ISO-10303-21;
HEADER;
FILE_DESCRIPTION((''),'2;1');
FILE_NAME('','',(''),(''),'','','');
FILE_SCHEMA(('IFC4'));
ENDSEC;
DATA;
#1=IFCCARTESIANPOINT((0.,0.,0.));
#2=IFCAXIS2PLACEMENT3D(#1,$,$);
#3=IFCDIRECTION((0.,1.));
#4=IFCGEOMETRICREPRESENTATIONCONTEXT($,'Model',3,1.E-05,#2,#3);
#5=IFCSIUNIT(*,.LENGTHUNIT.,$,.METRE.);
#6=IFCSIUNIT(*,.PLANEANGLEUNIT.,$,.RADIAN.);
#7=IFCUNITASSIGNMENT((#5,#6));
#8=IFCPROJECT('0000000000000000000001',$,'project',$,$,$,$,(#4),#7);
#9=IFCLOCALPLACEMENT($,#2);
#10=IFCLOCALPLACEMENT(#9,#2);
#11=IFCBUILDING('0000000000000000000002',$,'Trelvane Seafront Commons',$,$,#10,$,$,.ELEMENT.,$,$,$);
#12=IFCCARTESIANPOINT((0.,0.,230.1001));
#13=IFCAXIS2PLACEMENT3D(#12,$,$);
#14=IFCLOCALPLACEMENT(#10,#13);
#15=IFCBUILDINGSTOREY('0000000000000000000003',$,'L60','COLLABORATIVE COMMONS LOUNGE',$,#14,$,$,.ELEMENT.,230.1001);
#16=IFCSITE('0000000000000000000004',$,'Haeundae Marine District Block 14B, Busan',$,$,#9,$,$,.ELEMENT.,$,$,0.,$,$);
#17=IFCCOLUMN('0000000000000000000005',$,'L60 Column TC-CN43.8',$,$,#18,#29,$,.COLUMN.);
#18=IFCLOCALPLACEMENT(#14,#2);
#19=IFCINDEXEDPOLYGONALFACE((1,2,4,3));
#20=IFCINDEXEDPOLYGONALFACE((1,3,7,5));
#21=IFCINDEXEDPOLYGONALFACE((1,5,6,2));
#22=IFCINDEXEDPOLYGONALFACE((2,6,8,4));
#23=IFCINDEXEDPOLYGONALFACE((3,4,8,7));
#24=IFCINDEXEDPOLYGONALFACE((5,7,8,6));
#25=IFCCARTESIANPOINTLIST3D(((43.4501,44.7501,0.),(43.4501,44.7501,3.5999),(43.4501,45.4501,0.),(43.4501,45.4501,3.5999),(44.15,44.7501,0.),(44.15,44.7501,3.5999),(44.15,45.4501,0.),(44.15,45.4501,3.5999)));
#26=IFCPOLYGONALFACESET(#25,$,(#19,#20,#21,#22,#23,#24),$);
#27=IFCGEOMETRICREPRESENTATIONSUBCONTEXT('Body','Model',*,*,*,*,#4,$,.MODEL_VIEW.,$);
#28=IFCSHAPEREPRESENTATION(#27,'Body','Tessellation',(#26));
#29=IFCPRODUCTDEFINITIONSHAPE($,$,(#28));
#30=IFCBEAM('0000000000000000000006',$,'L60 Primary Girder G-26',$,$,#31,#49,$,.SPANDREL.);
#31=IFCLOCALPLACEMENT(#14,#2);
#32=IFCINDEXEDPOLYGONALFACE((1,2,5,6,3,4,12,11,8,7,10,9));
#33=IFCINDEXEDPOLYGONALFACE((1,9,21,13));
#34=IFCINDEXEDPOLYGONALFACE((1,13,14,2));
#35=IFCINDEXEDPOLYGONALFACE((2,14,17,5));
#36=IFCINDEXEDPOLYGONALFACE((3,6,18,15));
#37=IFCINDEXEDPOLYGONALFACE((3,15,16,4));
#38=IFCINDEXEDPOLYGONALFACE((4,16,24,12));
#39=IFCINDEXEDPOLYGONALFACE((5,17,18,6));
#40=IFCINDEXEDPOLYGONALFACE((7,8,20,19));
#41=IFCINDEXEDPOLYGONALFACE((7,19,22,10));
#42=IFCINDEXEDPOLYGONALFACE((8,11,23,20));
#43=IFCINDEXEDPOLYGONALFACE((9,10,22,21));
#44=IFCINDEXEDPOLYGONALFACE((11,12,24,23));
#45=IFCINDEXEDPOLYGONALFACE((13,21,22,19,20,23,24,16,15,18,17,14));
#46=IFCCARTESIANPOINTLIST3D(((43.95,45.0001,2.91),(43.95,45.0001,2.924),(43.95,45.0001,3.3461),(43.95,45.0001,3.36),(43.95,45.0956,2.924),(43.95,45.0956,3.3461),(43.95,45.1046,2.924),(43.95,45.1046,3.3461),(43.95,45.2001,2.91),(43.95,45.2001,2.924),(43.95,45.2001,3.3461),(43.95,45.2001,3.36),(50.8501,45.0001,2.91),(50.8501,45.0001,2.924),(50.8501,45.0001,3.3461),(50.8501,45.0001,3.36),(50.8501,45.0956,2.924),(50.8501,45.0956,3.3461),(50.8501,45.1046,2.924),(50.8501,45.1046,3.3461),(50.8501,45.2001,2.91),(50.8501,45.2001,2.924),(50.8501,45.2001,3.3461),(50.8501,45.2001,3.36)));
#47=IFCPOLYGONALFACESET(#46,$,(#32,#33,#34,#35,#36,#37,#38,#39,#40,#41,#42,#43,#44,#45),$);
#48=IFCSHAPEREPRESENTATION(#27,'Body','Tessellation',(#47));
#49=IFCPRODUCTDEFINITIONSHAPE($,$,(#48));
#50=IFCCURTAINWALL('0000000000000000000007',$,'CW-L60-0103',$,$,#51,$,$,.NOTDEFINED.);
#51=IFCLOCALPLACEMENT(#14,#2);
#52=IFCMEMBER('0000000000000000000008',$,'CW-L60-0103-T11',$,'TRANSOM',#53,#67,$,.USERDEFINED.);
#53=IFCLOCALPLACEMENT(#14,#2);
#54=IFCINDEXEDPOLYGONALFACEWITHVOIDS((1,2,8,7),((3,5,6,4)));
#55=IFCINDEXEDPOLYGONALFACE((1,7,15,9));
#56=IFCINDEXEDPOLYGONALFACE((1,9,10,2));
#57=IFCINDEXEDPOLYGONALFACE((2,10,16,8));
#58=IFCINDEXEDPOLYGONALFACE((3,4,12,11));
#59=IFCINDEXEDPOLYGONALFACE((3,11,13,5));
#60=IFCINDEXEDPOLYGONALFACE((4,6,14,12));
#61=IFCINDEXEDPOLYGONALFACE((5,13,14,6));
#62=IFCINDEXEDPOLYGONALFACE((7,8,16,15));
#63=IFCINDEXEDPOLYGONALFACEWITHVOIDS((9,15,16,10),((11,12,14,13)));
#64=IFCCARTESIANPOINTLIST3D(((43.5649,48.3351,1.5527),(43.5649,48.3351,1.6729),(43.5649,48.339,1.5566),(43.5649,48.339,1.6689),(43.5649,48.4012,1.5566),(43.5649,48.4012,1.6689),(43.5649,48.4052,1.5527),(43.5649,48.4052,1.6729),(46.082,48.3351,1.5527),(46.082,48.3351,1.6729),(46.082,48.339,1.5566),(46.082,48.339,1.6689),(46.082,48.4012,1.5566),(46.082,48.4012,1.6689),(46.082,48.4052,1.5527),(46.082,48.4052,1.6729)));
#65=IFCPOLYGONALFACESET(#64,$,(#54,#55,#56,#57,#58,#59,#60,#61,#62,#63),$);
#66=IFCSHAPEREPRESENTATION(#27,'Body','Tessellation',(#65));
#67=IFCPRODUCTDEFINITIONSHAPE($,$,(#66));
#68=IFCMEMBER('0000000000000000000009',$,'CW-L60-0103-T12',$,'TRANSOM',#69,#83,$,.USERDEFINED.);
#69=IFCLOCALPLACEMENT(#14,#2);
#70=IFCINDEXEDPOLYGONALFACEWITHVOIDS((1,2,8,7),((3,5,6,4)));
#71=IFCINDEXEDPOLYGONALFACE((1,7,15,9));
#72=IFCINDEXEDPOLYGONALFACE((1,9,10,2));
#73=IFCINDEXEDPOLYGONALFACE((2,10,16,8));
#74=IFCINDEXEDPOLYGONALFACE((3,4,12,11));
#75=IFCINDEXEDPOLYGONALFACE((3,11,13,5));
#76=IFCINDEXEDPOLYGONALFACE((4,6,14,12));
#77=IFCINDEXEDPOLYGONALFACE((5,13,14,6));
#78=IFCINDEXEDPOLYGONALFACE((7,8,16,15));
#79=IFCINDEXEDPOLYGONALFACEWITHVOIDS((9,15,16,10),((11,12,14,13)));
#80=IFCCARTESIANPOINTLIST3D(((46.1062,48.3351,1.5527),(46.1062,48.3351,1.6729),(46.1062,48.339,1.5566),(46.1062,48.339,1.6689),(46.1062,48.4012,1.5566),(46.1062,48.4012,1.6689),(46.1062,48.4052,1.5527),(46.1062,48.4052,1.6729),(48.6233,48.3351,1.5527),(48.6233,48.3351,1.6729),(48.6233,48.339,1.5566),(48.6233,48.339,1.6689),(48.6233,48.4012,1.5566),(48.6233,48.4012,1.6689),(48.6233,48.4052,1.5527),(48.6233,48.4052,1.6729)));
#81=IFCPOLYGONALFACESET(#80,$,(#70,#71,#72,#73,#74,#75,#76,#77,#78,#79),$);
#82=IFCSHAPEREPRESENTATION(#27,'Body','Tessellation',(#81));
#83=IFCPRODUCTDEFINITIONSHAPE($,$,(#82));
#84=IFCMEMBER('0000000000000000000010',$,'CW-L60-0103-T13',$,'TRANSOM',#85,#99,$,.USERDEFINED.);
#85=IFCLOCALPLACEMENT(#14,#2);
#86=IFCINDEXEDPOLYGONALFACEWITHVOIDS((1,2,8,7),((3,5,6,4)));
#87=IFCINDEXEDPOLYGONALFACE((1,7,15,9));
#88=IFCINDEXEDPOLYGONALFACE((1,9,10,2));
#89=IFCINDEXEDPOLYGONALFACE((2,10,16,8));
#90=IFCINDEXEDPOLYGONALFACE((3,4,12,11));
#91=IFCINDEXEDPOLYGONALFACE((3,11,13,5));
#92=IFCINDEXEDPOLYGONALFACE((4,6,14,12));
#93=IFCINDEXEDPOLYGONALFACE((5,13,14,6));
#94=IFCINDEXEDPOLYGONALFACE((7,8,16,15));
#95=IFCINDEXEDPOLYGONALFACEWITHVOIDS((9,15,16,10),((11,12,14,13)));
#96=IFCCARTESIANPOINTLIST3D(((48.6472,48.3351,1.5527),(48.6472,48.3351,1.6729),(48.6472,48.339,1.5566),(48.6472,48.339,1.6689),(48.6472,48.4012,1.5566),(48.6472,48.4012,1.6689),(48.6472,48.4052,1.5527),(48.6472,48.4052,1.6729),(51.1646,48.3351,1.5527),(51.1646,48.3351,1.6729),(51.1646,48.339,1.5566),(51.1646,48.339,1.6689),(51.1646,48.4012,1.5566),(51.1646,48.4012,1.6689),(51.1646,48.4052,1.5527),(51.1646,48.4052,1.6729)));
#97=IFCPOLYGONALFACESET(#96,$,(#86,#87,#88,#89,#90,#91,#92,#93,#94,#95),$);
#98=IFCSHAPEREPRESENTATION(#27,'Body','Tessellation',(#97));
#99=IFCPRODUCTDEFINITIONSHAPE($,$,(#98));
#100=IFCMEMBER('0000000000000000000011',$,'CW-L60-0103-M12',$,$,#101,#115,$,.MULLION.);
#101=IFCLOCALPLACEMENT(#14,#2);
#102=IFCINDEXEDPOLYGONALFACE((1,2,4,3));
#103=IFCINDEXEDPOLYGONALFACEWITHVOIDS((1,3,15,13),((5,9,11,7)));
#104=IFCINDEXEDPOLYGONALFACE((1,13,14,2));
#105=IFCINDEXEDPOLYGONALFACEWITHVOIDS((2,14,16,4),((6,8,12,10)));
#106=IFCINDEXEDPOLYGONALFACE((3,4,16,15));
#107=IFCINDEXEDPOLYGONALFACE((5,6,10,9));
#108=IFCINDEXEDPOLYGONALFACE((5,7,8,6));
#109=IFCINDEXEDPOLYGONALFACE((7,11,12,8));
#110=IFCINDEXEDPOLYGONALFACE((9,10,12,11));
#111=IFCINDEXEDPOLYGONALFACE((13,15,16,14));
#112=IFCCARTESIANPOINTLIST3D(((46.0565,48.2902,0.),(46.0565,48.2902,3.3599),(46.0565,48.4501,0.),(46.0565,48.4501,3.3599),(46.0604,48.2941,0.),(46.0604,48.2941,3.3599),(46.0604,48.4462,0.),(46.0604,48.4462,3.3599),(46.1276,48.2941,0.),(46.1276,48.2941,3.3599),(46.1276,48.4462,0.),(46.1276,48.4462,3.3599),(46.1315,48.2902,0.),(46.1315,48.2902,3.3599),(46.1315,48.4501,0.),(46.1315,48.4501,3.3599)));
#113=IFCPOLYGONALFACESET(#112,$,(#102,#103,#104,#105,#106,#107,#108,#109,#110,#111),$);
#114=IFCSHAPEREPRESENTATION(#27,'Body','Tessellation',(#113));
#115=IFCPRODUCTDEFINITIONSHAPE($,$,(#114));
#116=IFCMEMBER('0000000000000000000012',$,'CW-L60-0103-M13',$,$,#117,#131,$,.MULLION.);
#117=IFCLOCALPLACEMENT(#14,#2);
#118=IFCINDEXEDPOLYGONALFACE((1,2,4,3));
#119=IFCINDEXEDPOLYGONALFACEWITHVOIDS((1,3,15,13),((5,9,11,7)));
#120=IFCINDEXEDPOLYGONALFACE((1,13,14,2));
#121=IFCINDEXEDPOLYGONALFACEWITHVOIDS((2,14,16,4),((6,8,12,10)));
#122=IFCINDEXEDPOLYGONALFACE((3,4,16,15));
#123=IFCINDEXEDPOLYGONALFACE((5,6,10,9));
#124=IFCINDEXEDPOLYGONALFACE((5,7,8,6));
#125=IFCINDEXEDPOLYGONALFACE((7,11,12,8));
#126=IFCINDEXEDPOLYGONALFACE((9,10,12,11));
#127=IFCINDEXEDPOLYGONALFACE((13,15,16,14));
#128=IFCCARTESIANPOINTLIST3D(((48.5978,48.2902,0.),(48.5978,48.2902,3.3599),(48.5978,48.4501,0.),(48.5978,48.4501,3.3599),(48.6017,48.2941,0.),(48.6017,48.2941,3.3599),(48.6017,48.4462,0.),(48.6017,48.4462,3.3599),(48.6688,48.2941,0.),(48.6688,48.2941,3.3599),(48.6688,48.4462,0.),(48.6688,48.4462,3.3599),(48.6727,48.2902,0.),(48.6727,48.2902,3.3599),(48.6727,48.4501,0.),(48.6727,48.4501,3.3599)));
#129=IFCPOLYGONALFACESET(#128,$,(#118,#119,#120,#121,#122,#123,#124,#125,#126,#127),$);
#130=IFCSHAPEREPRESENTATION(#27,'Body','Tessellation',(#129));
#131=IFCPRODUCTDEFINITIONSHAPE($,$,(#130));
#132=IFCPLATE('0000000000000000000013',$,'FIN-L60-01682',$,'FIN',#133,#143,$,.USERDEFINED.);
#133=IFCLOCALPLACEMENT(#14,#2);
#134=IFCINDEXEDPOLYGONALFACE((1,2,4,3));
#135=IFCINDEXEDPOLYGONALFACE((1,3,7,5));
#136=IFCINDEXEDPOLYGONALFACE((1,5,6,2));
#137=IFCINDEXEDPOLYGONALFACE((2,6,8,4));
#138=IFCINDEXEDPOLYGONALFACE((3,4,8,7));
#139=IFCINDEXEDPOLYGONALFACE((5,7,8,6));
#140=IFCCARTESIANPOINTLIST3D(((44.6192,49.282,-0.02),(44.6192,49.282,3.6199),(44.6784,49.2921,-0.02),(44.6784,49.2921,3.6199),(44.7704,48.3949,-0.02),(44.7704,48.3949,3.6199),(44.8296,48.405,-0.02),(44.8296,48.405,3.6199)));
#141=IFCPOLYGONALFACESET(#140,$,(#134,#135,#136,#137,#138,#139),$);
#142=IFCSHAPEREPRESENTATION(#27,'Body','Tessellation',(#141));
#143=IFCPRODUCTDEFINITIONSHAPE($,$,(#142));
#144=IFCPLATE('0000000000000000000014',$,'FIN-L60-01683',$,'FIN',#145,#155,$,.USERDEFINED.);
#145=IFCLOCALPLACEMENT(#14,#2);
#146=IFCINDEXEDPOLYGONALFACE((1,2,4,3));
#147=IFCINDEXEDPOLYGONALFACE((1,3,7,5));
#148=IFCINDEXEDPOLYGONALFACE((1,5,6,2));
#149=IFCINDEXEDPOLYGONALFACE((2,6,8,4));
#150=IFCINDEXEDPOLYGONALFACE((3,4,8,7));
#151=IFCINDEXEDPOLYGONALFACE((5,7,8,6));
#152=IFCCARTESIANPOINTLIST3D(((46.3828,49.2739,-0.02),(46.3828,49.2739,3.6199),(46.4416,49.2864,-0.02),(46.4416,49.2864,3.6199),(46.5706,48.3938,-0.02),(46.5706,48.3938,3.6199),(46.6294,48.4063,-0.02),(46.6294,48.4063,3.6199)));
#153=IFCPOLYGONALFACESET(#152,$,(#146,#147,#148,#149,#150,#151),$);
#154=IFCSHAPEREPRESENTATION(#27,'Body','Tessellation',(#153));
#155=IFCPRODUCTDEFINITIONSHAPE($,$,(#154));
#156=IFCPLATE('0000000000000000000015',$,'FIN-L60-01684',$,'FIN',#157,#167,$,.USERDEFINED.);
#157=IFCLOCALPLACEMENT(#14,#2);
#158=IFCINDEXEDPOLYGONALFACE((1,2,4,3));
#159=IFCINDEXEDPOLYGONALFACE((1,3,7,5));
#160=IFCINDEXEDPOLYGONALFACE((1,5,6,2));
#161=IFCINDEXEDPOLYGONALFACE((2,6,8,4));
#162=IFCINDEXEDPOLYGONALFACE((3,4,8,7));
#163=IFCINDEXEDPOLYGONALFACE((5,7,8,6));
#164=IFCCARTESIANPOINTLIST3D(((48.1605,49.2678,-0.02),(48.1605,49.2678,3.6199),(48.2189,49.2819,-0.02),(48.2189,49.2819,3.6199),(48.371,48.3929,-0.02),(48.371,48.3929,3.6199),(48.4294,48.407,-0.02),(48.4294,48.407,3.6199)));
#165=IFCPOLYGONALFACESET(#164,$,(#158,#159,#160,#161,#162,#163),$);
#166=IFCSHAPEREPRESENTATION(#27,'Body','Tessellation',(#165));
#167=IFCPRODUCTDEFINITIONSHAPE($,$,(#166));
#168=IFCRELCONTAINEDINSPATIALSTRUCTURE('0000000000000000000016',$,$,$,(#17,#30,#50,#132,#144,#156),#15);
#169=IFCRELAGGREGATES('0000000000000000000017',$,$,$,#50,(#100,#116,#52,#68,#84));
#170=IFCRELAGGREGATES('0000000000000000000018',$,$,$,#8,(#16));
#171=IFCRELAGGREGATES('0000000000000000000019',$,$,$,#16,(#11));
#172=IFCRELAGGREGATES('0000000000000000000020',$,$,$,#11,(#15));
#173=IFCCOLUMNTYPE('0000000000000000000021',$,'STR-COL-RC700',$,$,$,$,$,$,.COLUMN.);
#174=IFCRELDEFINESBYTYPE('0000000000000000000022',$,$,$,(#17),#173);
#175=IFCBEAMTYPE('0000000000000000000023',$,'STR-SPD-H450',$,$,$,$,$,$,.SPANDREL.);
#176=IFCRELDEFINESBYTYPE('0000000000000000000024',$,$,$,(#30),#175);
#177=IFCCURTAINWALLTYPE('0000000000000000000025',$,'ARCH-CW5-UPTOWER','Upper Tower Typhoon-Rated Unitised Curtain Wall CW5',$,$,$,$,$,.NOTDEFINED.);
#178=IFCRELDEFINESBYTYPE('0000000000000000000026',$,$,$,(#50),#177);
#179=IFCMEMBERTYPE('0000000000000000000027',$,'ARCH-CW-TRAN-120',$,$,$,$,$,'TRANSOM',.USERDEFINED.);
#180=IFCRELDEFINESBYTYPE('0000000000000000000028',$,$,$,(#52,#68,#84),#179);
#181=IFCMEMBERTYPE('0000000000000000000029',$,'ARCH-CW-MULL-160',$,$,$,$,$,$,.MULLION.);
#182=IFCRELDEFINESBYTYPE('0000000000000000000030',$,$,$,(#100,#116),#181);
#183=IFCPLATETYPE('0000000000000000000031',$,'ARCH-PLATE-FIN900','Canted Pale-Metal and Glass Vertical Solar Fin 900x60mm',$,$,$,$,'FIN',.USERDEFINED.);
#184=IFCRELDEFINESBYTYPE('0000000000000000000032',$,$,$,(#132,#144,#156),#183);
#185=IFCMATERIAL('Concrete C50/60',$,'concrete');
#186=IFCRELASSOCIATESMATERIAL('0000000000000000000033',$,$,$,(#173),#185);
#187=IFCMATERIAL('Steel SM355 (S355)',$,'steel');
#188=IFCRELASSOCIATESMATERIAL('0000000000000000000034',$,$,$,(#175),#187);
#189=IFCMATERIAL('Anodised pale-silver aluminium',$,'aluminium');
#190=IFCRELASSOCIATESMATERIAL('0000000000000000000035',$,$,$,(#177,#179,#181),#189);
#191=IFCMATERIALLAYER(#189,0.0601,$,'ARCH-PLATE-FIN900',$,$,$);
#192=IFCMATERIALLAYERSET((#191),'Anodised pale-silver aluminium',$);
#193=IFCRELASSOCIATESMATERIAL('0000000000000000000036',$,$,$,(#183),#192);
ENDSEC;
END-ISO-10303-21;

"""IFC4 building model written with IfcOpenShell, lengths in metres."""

from ifc_helpers import new_model, si_unit, direction, frame, origin, origin_2d, place, context, subcontext, project, spatial, rectangle, hollow_rectangle, i_section, extrude, source, transform, mapped, material, layer, layer_set, material_profile, profile_set, type_object, element, aggregate, save


model = new_model("IFC4")

# Units and contexts
model_context = context("Model", 3, precision=1e-05, world=origin(), true_north=direction((0.0, 1.0)))
body_context = subcontext(model_context, "Body", "Model", "MODEL_VIEW")
ifc_project = project(units=[si_unit("LENGTHUNIT", "METRE"), si_unit("PLANEANGLEUNIT", "RADIAN")], contexts=[model_context])

# Site, building, storey
site_placement = place(None, origin())
site = spatial("IfcSite", under=ifc_project, at=site_placement, Name="Haeundae Marine District Block 14B, Busan", CompositionType="ELEMENT", RefElevation=0.0)
building_placement = place(site_placement, origin())
building = spatial("IfcBuilding", under=site, at=building_placement, Name="Trelvane Seafront Commons", CompositionType="ELEMENT")
storey_placement = place(building_placement, frame((0.0, 0.0, 230.1001)))
storey = spatial("IfcBuildingStorey", under=building, at=storey_placement, Name="L60", Description="COLLABORATIVE COMMONS LOUNGE", CompositionType="ELEMENT", Elevation=230.1001)

# Column
ifc_material_1 = material(Name="Concrete C50/60", Category="concrete")
ifc_material_profile_1 = material_profile(ifc_material_1, rectangle(XDim=0.7, YDim=0.7, at=origin_2d()), Name="RC-700x700")
ifc_profile_set_1 = profile_set([ifc_material_profile_1], Name="Concrete C50/60")
column_type = type_object("IfcColumnType", Name="STR-COL-RC700", PredefinedType="COLUMN", material=ifc_profile_set_1)
shared_shape_1 = source(origin(), body_context, "Body", "SweptSolid", [
    extrude(rectangle(XDim=0.7, YDim=0.7, at=origin_2d()), origin(), (0.0, 0.0, 1.0), 3.5999),
])
column_placement = place(storey_placement, frame((43.8, 45.1001, 0.0), z_axis=(0.0, 0.0, 1.0), x_axis=(1.0, 0.0, 0.0)))
element("IfcColumn", 1, at=column_placement, inside=storey, type_object=column_type, Name="L60 Column TC-CN43.8", PredefinedType="COLUMN", context=body_context, shape_type="MappedRepresentation", body=[
    mapped(shared_shape_1, transform((0.0, 0.0, 0.0), x_axis=(1.0, 0.0, 0.0), y_axis=(0.0, 1.0, 0.0), z_axis=(0.0, 0.0, 1.0), scale=1.0)),
])

# Beam
ifc_material_2 = material(Name="Steel SM355 (S355)", Category="steel")
ifc_material_profile_2 = material_profile(ifc_material_2, i_section(OverallWidth=0.2, OverallDepth=0.45, WebThickness=0.009, FlangeThickness=0.0139, at=origin_2d()), Name="H-450x200x9x14")
ifc_profile_set_2 = profile_set([ifc_material_profile_2], Name="Steel SM355 (S355)")
beam_type = type_object("IfcBeamType", Name="STR-SPD-H450", PredefinedType="SPANDREL", material=ifc_profile_set_2)
shared_shape_2 = source(origin(), body_context, "Body", "SweptSolid", [
    extrude(i_section(OverallWidth=0.2, OverallDepth=0.45, WebThickness=0.009, FlangeThickness=0.0139, at=origin_2d()), origin(), (0.0, 0.0, 1.0), 6.9001),
])
beam_placement = place(storey_placement, frame((43.95, 45.1001, 3.135), z_axis=(1.0, 0.0, 0.0), x_axis=(0.0, 1.0, 0.0)))
element("IfcBeam", 2, at=beam_placement, inside=storey, type_object=beam_type, Name="L60 Primary Girder G-26", PredefinedType="SPANDREL", context=body_context, shape_type="MappedRepresentation", body=[
    mapped(shared_shape_2, transform((0.0, 0.0, 0.0), x_axis=(1.0, 0.0, 0.0), y_axis=(0.0, 1.0, 0.0), z_axis=(0.0, 0.0, 1.0), scale=1.0)),
])

# Curtain wall, members
ifc_material_3 = material(Name="Anodised pale-silver aluminium", Category="aluminium")
curtain_wall_type = type_object("IfcCurtainWallType", Name="ARCH-CW5-UPTOWER", Description="Upper Tower Typhoon-Rated Unitised Curtain Wall CW5", PredefinedType="NOTDEFINED", material=ifc_material_3)
curtain_wall_placement = place(storey_placement, origin())
curtain_wall = element("IfcCurtainWall", 3, at=curtain_wall_placement, inside=storey, type_object=curtain_wall_type, Name="CW-L60-0103", PredefinedType="NOTDEFINED")
ifc_material_profile_3 = material_profile(ifc_material_3, hollow_rectangle(XDim=0.0701, YDim=0.1201, WallThickness=0.0039, at=origin_2d()), Name="TRAN-70x120x4")
ifc_profile_set_3 = profile_set([ifc_material_profile_3], Name="Anodised pale-silver aluminium")
member_type_1 = type_object("IfcMemberType", Name="ARCH-CW-TRAN-120", ElementType="TRANSOM", PredefinedType="USERDEFINED", material=ifc_profile_set_3)
shared_shape_3 = source(origin(), body_context, "Body", "SweptSolid", [
    extrude(hollow_rectangle(XDim=0.0701, YDim=0.1201, WallThickness=0.0039, at=origin_2d()), origin(), (0.0, 0.0, 1.0), 2.5171),
])
member_1_placement = place(storey_placement, frame((43.5649, 48.3701, 1.6128), z_axis=(1.0, 0.0, 0.0), x_axis=(0.0, 1.0, 0.0)))
member_1 = element("IfcMember", 4, at=member_1_placement, type_object=member_type_1, Name="CW-L60-0103-T11", ObjectType="TRANSOM", PredefinedType="USERDEFINED", context=body_context, shape_type="MappedRepresentation", body=[
    mapped(shared_shape_3, transform((0.0, 0.0, 0.0), x_axis=(1.0, 0.0, 0.0), y_axis=(0.0, 1.0, 0.0), z_axis=(0.0, 0.0, 1.0), scale=1.0)),
])
member_2_placement = place(storey_placement, frame((46.1062, 48.3701, 1.6128), z_axis=(1.0, 0.0, 0.0), x_axis=(0.0, 1.0, 0.0)))
member_2 = element("IfcMember", 5, at=member_2_placement, type_object=member_type_1, Name="CW-L60-0103-T12", ObjectType="TRANSOM", PredefinedType="USERDEFINED", context=body_context, shape_type="MappedRepresentation", body=[
    mapped(shared_shape_3, transform((0.0, 0.0, 0.0), x_axis=(1.0, 0.0, 0.0), y_axis=(0.0, 1.0, 0.0), z_axis=(0.0, 0.0, 1.0), scale=1.0)),
])
shared_shape_4 = source(origin(), body_context, "Body", "SweptSolid", [
    extrude(hollow_rectangle(XDim=0.0701, YDim=0.1201, WallThickness=0.0039, at=origin_2d()), origin(), (0.0, 0.0, 1.0), 2.5173),
])
member_3_placement = place(storey_placement, frame((48.6472, 48.3701, 1.6128), z_axis=(1.0, 0.0, 0.0), x_axis=(0.0, 1.0, 0.0)))
member_3 = element("IfcMember", 6, at=member_3_placement, type_object=member_type_1, Name="CW-L60-0103-T13", ObjectType="TRANSOM", PredefinedType="USERDEFINED", context=body_context, shape_type="MappedRepresentation", body=[
    mapped(shared_shape_4, transform((0.0, 0.0, 0.0), x_axis=(1.0, 0.0, 0.0), y_axis=(0.0, 1.0, 0.0), z_axis=(0.0, 0.0, 1.0), scale=1.0)),
])
ifc_material_profile_4 = material_profile(ifc_material_3, hollow_rectangle(XDim=0.075, YDim=0.1599, WallThickness=0.0039, at=origin_2d()), Name="MULL-75x160x4")
ifc_profile_set_4 = profile_set([ifc_material_profile_4], Name="Anodised pale-silver aluminium")
member_type_2 = type_object("IfcMemberType", Name="ARCH-CW-MULL-160", PredefinedType="MULLION", material=ifc_profile_set_4)
shared_shape_5 = source(origin(), body_context, "Body", "SweptSolid", [
    extrude(hollow_rectangle(XDim=0.075, YDim=0.1599, WallThickness=0.0039, at=origin_2d()), origin(), (0.0, 0.0, 1.0), 3.3599),
])
member_4_placement = place(storey_placement, frame((46.094, 48.3701, 0.0), z_axis=(0.0, 0.0, 1.0), x_axis=(1.0, 0.0, 0.0)))
member_4 = element("IfcMember", 7, at=member_4_placement, type_object=member_type_2, Name="CW-L60-0103-M12", PredefinedType="MULLION", context=body_context, shape_type="MappedRepresentation", body=[
    mapped(shared_shape_5, transform((0.0, 0.0, 0.0), x_axis=(1.0, 0.0, 0.0), y_axis=(0.0, 1.0, 0.0), z_axis=(0.0, 0.0, 1.0), scale=1.0)),
])
member_5_placement = place(storey_placement, frame((48.6353, 48.3701, 0.0), z_axis=(0.0, 0.0, 1.0), x_axis=(1.0, 0.0, 0.0)))
member_5 = element("IfcMember", 8, at=member_5_placement, type_object=member_type_2, Name="CW-L60-0103-M13", PredefinedType="MULLION", context=body_context, shape_type="MappedRepresentation", body=[
    mapped(shared_shape_5, transform((0.0, 0.0, 0.0), x_axis=(1.0, 0.0, 0.0), y_axis=(0.0, 1.0, 0.0), z_axis=(0.0, 0.0, 1.0), scale=1.0)),
])

# Plates
ifc_layer_1 = layer(ifc_material_3, 0.0601, Name="ARCH-PLATE-FIN900")
ifc_layer_set_1 = layer_set([ifc_layer_1], Name="Anodised pale-silver aluminium")
plate_type_1 = type_object("IfcPlateType", Name="ARCH-PLATE-FIN900", Description="Canted Pale-Metal and Glass Vertical Solar Fin 900x60mm", ElementType="FIN", PredefinedType="USERDEFINED", material=ifc_layer_set_1)
shared_shape_6 = source(origin(), body_context, "Body", "SweptSolid", [
    extrude(rectangle(XDim=0.8999, YDim=0.0601, at=origin_2d()), origin(), (0.0, 0.0, 1.0), 3.6399),
])
for number, where, z_axis, x_axis, name in (
    (9, (44.7244, 48.8435, -0.02), (0.0, 0.0, 1.0), (-0.168001, 0.985787, 0.0), "FIN-L60-01682"),
    (10, (46.5061, 48.8401, -0.02), (0.0, 0.0, 1.0), (-0.208664, 0.977987, 0.0), "FIN-L60-01683"),
    (11, (48.2949, 48.8374, -0.02), (0.0, 0.0, 1.0), (-0.233898, 0.972261, 0.0), "FIN-L60-01684"),
):
    element("IfcPlate", number, at=place(storey_placement, frame(where, z_axis=z_axis, x_axis=x_axis)), inside=storey, type_object=plate_type_1, Name=name, ObjectType="FIN", PredefinedType="USERDEFINED", context=body_context, shape_type="MappedRepresentation", body=[
        mapped(shared_shape_6, transform((0.0, 0.0, 0.0), x_axis=(1.0, 0.0, 0.0), y_axis=(0.0, 1.0, 0.0), z_axis=(0.0, 0.0, 1.0), scale=1.0)),
    ])

aggregate(curtain_wall, [member_4, member_5, member_1, member_2, member_3])

save(model, "model.ifc")
